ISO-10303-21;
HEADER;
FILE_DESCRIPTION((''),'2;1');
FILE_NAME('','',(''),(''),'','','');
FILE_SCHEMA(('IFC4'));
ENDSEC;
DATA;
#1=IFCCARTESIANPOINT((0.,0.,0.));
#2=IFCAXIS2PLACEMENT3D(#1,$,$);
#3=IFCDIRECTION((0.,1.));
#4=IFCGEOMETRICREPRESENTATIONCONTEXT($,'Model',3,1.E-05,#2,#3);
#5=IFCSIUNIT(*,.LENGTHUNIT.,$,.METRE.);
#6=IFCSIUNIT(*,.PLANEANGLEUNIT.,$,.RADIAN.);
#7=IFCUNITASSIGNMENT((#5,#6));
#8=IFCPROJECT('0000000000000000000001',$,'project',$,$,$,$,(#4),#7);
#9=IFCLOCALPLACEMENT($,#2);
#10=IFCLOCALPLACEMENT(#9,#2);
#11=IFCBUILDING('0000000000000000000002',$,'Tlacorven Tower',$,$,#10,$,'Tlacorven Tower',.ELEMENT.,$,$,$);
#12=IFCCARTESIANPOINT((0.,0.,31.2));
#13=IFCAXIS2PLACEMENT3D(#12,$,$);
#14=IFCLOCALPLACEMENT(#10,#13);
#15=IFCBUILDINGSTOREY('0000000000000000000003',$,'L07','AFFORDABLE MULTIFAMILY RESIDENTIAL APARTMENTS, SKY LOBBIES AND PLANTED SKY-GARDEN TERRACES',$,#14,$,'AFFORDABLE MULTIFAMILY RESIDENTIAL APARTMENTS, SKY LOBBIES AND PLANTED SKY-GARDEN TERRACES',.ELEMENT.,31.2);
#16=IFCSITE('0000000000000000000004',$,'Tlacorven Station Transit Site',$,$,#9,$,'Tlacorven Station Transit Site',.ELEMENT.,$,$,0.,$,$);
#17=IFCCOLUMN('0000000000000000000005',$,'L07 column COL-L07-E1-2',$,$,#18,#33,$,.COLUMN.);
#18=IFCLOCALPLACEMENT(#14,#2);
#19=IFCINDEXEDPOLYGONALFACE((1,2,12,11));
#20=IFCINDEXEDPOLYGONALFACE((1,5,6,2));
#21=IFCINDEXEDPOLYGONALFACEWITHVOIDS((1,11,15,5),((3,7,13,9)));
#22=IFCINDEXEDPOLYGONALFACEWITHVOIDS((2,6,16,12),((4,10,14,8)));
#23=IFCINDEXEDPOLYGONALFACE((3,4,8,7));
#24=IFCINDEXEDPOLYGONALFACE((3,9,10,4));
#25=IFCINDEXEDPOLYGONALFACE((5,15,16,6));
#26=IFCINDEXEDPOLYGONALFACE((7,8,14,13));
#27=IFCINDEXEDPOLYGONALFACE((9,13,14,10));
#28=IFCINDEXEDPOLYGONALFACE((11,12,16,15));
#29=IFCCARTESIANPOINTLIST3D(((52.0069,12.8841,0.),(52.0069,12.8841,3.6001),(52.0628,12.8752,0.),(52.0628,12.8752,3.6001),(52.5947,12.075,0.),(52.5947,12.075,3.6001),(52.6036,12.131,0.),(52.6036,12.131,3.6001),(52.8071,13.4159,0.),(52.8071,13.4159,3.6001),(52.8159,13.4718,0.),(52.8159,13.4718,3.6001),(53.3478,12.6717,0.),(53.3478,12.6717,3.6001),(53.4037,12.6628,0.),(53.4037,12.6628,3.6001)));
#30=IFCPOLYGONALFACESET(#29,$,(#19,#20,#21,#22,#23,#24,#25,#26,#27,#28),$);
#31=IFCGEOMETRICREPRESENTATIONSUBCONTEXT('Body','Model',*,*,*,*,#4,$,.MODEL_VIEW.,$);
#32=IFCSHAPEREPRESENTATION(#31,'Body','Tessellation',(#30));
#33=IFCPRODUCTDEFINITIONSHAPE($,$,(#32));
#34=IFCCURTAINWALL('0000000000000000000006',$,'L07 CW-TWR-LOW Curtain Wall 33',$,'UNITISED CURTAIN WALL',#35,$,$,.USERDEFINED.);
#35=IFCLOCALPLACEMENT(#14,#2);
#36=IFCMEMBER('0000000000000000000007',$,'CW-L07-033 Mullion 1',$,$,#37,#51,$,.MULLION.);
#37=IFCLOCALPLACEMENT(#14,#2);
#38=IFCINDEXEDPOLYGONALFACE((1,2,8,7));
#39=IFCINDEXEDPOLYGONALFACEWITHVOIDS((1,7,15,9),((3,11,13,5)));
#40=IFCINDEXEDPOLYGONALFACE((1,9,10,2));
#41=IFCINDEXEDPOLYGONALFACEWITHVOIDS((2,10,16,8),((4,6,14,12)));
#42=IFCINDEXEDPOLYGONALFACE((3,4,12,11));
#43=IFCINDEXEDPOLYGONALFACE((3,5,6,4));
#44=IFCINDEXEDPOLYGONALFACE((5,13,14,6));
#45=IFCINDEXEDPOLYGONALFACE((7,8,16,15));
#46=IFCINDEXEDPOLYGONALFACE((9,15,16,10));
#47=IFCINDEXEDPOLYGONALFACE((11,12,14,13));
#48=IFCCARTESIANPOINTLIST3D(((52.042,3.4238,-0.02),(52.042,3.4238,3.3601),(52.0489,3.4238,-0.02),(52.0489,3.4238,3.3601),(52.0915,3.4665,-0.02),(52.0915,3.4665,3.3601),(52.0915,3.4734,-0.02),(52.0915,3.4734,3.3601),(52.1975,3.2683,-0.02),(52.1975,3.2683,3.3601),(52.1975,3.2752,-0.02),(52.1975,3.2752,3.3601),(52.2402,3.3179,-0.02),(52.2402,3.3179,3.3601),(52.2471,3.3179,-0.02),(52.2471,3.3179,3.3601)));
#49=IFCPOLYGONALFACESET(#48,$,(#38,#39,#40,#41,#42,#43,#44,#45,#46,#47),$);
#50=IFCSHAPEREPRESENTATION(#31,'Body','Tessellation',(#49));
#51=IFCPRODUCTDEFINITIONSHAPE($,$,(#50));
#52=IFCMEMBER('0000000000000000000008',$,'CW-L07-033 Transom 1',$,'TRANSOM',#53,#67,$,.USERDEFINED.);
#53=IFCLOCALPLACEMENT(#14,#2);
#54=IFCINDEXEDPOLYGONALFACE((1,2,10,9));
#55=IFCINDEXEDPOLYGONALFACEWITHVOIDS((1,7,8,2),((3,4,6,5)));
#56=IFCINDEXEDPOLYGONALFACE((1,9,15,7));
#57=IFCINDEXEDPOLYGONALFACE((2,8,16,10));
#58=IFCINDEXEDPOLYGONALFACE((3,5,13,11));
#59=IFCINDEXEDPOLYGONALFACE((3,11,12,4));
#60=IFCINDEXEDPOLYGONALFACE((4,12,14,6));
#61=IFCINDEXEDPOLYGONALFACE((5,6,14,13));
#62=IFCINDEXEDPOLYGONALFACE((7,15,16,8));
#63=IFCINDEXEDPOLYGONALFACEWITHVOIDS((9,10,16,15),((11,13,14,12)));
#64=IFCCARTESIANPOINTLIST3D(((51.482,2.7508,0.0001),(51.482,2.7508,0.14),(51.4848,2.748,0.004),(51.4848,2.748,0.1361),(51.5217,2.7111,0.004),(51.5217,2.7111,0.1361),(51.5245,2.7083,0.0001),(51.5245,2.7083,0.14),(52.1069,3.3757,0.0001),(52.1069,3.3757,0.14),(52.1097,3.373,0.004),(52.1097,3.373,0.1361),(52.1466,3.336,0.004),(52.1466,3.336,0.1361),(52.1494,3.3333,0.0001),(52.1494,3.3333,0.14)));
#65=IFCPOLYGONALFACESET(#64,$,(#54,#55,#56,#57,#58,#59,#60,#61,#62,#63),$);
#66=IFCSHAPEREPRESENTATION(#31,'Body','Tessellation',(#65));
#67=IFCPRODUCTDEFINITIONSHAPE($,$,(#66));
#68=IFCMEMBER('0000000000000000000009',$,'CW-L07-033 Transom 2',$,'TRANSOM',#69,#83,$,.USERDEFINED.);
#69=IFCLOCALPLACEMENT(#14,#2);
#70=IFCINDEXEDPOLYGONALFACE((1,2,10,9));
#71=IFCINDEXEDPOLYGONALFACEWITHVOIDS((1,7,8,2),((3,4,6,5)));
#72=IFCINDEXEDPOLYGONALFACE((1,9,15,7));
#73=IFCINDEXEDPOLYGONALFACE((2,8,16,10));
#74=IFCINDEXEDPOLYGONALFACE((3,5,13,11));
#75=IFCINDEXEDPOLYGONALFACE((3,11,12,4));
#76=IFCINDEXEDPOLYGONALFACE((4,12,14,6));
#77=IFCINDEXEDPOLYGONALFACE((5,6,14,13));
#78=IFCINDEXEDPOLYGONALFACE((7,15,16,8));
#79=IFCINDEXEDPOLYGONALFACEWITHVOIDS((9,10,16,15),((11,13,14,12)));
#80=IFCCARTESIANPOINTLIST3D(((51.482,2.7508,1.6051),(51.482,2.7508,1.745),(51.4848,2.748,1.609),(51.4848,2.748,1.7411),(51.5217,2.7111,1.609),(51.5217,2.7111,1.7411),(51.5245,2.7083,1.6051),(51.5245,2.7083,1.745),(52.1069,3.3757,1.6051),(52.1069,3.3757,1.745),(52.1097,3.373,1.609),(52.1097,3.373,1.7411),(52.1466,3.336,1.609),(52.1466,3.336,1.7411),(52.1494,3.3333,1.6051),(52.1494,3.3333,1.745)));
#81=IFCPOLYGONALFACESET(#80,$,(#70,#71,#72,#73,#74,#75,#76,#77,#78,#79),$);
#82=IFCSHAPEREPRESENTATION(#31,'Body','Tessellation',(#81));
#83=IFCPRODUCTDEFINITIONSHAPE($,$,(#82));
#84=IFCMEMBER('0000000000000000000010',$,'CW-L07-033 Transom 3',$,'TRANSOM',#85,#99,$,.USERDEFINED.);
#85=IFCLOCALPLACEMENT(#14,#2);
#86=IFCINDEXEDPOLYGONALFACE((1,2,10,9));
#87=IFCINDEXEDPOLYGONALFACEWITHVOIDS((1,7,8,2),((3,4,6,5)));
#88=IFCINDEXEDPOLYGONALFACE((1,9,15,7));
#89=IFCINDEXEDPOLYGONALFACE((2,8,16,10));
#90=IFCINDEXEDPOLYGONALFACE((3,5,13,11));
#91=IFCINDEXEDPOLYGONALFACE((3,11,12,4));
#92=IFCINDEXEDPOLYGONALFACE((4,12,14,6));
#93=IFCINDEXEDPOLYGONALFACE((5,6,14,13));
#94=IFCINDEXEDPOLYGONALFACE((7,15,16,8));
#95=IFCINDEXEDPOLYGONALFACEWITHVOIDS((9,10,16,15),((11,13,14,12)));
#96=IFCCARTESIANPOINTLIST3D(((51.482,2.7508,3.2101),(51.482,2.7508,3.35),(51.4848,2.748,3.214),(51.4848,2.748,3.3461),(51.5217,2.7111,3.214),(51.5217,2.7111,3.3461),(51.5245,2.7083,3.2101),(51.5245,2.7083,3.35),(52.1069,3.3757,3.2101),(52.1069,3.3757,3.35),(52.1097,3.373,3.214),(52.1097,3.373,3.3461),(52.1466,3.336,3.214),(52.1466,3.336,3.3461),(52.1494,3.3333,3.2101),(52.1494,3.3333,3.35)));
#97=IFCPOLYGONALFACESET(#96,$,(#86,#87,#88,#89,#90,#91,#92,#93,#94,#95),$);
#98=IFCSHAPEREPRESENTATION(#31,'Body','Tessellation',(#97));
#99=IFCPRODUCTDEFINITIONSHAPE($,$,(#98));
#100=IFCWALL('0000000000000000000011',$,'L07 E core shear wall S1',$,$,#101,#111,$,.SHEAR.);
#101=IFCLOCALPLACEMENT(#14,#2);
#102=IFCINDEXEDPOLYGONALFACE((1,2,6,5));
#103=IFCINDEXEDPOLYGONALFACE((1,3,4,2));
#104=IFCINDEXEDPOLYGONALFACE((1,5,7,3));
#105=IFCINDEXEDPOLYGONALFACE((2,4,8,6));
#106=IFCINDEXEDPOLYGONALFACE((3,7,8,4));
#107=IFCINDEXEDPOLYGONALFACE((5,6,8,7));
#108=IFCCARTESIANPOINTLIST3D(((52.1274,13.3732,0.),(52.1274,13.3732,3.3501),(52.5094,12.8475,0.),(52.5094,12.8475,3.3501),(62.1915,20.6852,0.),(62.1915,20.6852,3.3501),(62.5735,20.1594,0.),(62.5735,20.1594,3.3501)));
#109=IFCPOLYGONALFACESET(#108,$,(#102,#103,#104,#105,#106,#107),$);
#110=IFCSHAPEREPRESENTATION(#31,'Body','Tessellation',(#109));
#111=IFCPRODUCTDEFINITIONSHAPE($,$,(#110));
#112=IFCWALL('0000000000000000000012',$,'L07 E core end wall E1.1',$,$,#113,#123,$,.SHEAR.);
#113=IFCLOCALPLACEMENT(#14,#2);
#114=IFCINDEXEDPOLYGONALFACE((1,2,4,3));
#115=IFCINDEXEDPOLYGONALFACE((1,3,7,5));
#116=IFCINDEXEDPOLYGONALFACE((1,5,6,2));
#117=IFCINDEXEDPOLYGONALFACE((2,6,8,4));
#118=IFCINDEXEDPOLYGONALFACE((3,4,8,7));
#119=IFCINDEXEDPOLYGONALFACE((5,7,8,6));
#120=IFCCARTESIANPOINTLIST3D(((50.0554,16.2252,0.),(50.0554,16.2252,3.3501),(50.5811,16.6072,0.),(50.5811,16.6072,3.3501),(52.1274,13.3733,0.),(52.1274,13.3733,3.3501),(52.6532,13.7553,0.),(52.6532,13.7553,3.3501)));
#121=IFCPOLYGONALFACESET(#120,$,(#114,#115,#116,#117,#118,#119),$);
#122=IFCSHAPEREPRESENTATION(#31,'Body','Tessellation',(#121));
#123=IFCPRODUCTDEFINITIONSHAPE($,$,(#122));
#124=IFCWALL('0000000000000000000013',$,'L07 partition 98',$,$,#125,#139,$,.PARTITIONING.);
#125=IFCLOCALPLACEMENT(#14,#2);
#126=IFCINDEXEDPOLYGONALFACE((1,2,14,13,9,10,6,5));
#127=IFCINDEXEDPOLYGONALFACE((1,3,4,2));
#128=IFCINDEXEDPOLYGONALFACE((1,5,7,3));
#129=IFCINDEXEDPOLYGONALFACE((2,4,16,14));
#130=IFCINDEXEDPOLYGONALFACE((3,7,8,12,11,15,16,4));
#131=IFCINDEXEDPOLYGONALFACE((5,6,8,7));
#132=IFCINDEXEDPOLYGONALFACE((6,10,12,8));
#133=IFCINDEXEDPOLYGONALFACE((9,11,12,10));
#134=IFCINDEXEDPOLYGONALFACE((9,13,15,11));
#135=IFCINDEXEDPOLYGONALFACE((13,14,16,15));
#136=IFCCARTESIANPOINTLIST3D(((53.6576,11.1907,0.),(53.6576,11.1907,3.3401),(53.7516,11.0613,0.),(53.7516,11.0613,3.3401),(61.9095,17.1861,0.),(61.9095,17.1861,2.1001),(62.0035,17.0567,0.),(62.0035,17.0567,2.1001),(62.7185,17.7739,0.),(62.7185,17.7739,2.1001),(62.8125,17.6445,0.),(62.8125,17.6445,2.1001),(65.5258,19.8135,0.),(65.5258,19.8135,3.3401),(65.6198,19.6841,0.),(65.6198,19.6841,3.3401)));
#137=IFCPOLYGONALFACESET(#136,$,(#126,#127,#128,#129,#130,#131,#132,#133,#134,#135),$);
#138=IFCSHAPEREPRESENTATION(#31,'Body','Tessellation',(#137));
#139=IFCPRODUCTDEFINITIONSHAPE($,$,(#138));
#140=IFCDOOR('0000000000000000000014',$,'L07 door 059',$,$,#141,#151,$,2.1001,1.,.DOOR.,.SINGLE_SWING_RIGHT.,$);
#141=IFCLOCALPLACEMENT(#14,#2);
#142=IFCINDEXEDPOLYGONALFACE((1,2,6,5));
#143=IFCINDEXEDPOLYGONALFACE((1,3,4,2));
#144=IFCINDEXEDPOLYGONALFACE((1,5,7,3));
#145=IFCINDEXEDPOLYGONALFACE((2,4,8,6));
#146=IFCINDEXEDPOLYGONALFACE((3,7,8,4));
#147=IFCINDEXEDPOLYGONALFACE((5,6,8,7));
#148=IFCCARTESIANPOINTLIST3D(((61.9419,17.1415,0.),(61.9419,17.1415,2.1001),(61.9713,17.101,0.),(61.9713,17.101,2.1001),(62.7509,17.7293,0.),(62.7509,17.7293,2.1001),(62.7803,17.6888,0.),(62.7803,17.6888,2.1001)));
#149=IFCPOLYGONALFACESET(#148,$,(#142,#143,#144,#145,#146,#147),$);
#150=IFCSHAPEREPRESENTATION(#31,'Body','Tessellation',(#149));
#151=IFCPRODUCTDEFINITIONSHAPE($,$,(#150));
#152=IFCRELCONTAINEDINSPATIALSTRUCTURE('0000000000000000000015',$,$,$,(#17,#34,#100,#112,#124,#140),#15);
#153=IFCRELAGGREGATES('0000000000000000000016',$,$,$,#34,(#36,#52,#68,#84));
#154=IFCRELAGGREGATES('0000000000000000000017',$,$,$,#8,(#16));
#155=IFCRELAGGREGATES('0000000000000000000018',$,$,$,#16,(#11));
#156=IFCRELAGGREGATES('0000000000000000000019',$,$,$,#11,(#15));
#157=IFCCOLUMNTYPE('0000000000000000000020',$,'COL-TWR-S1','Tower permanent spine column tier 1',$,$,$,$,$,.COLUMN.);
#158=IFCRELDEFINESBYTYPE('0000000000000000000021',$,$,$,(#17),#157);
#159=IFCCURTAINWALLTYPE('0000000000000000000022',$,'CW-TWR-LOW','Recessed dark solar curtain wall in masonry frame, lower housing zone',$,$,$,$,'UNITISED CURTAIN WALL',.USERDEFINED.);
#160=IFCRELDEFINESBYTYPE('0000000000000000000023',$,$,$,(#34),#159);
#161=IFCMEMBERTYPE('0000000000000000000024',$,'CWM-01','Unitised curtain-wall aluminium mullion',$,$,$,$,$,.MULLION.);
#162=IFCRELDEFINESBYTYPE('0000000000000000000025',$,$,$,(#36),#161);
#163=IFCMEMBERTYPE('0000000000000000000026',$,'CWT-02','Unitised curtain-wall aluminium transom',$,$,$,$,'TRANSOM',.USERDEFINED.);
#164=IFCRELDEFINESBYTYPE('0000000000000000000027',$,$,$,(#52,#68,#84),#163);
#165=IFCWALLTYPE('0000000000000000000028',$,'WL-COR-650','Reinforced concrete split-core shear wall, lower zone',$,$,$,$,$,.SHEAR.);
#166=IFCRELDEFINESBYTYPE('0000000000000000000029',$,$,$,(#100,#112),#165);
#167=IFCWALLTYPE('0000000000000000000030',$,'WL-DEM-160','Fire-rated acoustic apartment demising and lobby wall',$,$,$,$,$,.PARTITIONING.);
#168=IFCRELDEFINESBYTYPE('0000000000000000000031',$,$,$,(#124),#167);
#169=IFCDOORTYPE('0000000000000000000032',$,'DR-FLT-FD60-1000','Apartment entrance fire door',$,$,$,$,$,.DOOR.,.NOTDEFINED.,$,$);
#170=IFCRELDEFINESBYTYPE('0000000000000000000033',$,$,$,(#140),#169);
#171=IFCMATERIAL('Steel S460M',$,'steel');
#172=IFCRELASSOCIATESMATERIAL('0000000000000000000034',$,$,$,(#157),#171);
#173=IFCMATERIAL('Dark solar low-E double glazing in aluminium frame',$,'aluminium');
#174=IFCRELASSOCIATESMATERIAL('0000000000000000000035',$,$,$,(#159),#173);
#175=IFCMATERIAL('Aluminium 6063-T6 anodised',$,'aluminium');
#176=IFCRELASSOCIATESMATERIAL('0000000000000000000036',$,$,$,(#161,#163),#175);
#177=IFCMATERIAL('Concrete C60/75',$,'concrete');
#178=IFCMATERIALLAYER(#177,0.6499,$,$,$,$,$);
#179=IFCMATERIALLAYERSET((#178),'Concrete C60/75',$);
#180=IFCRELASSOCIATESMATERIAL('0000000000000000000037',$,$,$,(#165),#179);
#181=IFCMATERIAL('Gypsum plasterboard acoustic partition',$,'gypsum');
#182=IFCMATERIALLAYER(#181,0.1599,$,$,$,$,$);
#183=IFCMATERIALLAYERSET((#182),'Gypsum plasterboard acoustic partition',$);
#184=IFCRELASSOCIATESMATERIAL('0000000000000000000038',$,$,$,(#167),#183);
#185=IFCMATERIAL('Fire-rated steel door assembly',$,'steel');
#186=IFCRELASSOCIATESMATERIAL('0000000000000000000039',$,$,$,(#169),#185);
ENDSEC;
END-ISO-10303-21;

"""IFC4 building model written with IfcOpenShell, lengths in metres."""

from ifc_helpers import new_model, si_unit, direction, frame, frame_2d, origin, origin_2d, place, context, subcontext, project, spatial, rectangle, hollow_rectangle, extrude, source, transform, mapped, material, layer, layer_set, material_profile, profile_set, type_object, element, fill, aggregate, save


model = new_model("IFC4")

# Units and contexts
model_context = context("Model", 3, precision=1e-05, world=origin(), true_north=direction((0.0, 1.0)))
body_context = subcontext(model_context, "Body", "Model", "MODEL_VIEW")
ifc_project = project(units=[si_unit("LENGTHUNIT", "METRE"), si_unit("PLANEANGLEUNIT", "RADIAN")], contexts=[model_context])

# Site, building, storey
site_placement = place(None, origin())
site = spatial("IfcSite", under=ifc_project, at=site_placement, Name="Tlacorven Station Transit Site", LongName="Tlacorven Station Transit Site", CompositionType="ELEMENT", RefElevation=0.0)
building_placement = place(site_placement, origin())
building = spatial("IfcBuilding", under=site, at=building_placement, Name="Tlacorven Tower", LongName="Tlacorven Tower", CompositionType="ELEMENT")
storey_placement = place(building_placement, frame((0.0, 0.0, 31.2)))
storey = spatial("IfcBuildingStorey", under=building, at=storey_placement, Name="L07", Description="AFFORDABLE MULTIFAMILY RESIDENTIAL APARTMENTS, SKY LOBBIES AND PLANTED SKY-GARDEN TERRACES", LongName="AFFORDABLE MULTIFAMILY RESIDENTIAL APARTMENTS, SKY LOBBIES AND PLANTED SKY-GARDEN TERRACES", CompositionType="ELEMENT", Elevation=31.2)

# Column
ifc_material_1 = material(Name="Steel S460M", Category="steel")
ifc_material_profile_1 = material_profile(ifc_material_1, hollow_rectangle(XDim=1.0, YDim=1.0, WallThickness=0.04, at=origin_2d()), Name="BOX 1000X1000X40")
ifc_profile_set_1 = profile_set([ifc_material_profile_1], Name="Steel S460M")
column_type = type_object("IfcColumnType", Name="COL-TWR-S1", Description="Tower permanent spine column tier 1", PredefinedType="COLUMN", material=ifc_profile_set_1)
shared_shape_1 = source(origin(), body_context, "Body", "SweptSolid", [
    extrude(hollow_rectangle(XDim=1.0, YDim=1.0, WallThickness=0.04, at=origin_2d()), origin(), (0.0, 0.0, 1.0), 3.6001),
])
column_placement = place(storey_placement, frame((52.7053, 12.7734, 0.0), z_axis=(0.0, 0.0, 1.0), x_axis=(0.809017, 0.587785, 0.0)))
element("IfcColumn", 1, at=column_placement, inside=storey, type_object=column_type, Name="L07 column COL-L07-E1-2", PredefinedType="COLUMN", context=body_context, shape_type="MappedRepresentation", body=[
    mapped(shared_shape_1, transform((0.0, 0.0, 0.0), scale=1.0)),
])

# Curtain wall, members
ifc_material_2 = material(Name="Dark solar low-E double glazing in aluminium frame", Category="aluminium")
curtain_wall_type = type_object("IfcCurtainWallType", Name="CW-TWR-LOW", Description="Recessed dark solar curtain wall in masonry frame, lower housing zone", ElementType="UNITISED CURTAIN WALL", PredefinedType="USERDEFINED", material=ifc_material_2)
curtain_wall_placement = place(storey_placement, origin())
curtain_wall = element("IfcCurtainWall", 2, at=curtain_wall_placement, inside=storey, type_object=curtain_wall_type, Name="L07 CW-TWR-LOW Curtain Wall 33", ObjectType="UNITISED CURTAIN WALL", PredefinedType="USERDEFINED")
ifc_material_3 = material(Name="Aluminium 6063-T6 anodised", Category="aluminium")
ifc_material_profile_2 = material_profile(ifc_material_3, hollow_rectangle(XDim=0.0701, YDim=0.22, WallThickness=0.0049, at=origin_2d()), Name="ALU MULLION 70X220")
ifc_profile_set_2 = profile_set([ifc_material_profile_2], Name="Aluminium 6063-T6 anodised")
member_type_1 = type_object("IfcMemberType", Name="CWM-01", Description="Unitised curtain-wall aluminium mullion", PredefinedType="MULLION", material=ifc_profile_set_2)
shared_shape_2 = source(origin(), body_context, "Body", "SweptSolid", [
    extrude(hollow_rectangle(XDim=0.0701, YDim=0.22, WallThickness=0.0049, at=origin_2d()), origin(), (0.0, 0.0, 1.0), 3.3801),
])
member_1_placement = place(storey_placement, frame((52.1445, 3.3708, -0.02), z_axis=(0.0, 0.0, 1.0), x_axis=(-0.707107, -0.707107, 0.0)))
member_1 = element("IfcMember", 3, at=member_1_placement, type_object=member_type_1, Name="CW-L07-033 Mullion 1", PredefinedType="MULLION", context=body_context, shape_type="MappedRepresentation", body=[
    mapped(shared_shape_2, transform((0.0, 0.0, 0.0), scale=1.0)),
])
ifc_material_profile_3 = material_profile(ifc_material_3, hollow_rectangle(XDim=0.0601, YDim=0.1399, WallThickness=0.0039, at=origin_2d()), Name="ALU TRANSOM 60X140")
ifc_profile_set_3 = profile_set([ifc_material_profile_3], Name="Aluminium 6063-T6 anodised")
member_type_2 = type_object("IfcMemberType", Name="CWT-02", Description="Unitised curtain-wall aluminium transom", ElementType="TRANSOM", PredefinedType="USERDEFINED", material=ifc_profile_set_3)
shared_shape_3 = source(origin(), body_context, "Body", "SweptSolid", [
    extrude(hollow_rectangle(XDim=0.0601, YDim=0.1399, WallThickness=0.0039, at=origin_2d()), origin(), (0.0, 0.0, 1.0), 0.8838),
])
member_2_placement = place(storey_placement, frame((52.1282, 3.3545, 0.0701), z_axis=(-0.707107, -0.707107, 0.0), x_axis=(0.707107, -0.707107, 0.0)))
member_2 = element("IfcMember", 4, at=member_2_placement, type_object=member_type_2, Name="CW-L07-033 Transom 1", ObjectType="TRANSOM", PredefinedType="USERDEFINED", context=body_context, shape_type="MappedRepresentation", body=[
    mapped(shared_shape_3, transform((0.0, 0.0, 0.0), scale=1.0)),
])
member_3_placement = place(storey_placement, frame((52.1282, 3.3545, 1.675), z_axis=(-0.707107, -0.707107, 0.0), x_axis=(0.707107, -0.707107, 0.0)))
member_3 = element("IfcMember", 5, at=member_3_placement, type_object=member_type_2, Name="CW-L07-033 Transom 2", ObjectType="TRANSOM", PredefinedType="USERDEFINED", context=body_context, shape_type="MappedRepresentation", body=[
    mapped(shared_shape_3, transform((0.0, 0.0, 0.0), scale=1.0)),
])
member_4_placement = place(storey_placement, frame((52.1282, 3.3545, 3.28), z_axis=(-0.707107, -0.707107, 0.0), x_axis=(0.707107, -0.707107, 0.0)))
member_4 = element("IfcMember", 6, at=member_4_placement, type_object=member_type_2, Name="CW-L07-033 Transom 3", ObjectType="TRANSOM", PredefinedType="USERDEFINED", context=body_context, shape_type="MappedRepresentation", body=[
    mapped(shared_shape_3, transform((0.0, 0.0, 0.0), scale=1.0)),
])
aggregate(curtain_wall, [member_1, member_2, member_3, member_4])

# Walls
ifc_material_4 = material(Name="Concrete C60/75", Category="concrete")
ifc_layer_1 = layer(ifc_material_4, 0.6499)
ifc_layer_set_1 = layer_set([ifc_layer_1], Name="Concrete C60/75")
wall_type_1 = type_object("IfcWallType", Name="WL-COR-650", Description="Reinforced concrete split-core shear wall, lower zone", PredefinedType="SHEAR", material=ifc_layer_set_1)
wall_1_placement = place(storey_placement, frame((52.3184, 13.1104, 0.0), z_axis=(0.0, 0.0, 1.0), x_axis=(0.809019, 0.587782, 0.0)))
element("IfcWall", 7, at=wall_1_placement, inside=storey, type_object=wall_type_1, Name="L07 E core shear wall S1", PredefinedType="SHEAR", context=body_context, shape_type="SweptSolid", body=[
    extrude(rectangle(XDim=12.4399, YDim=0.6499, at=frame_2d((6.22, 0.0))), origin(), (0.0, 0.0, 1.0), 3.3501),
])
wall_2_placement = place(storey_placement, frame((52.3904, 13.5642, 0.0), z_axis=(0.0, 0.0, 1.0), x_axis=(-0.587797, 0.809009, 0.0)))
element("IfcWall", 8, at=wall_2_placement, inside=storey, type_object=wall_type_1, Name="L07 E core end wall E1.1", PredefinedType="SHEAR", context=body_context, shape_type="SweptSolid", body=[
    extrude(rectangle(XDim=3.5251, YDim=0.6499, at=frame_2d((1.7627, 0.0))), origin(), (0.0, 0.0, 1.0), 3.3501),
])

# Wall, opening, door
ifc_material_5 = material(Name="Gypsum plasterboard acoustic partition", Category="gypsum")
ifc_layer_2 = layer(ifc_material_5, 0.1599)
ifc_layer_set_2 = layer_set([ifc_layer_2], Name="Gypsum plasterboard acoustic partition")
wall_type_2 = type_object("IfcWallType", Name="WL-DEM-160", Description="Fire-rated acoustic apartment demising and lobby wall", PredefinedType="PARTITIONING", material=ifc_layer_set_2)
wall_3_placement = place(storey_placement, frame((53.7046, 11.126, 0.0), z_axis=(0.0, 0.0, 1.0), x_axis=(0.809015, 0.587789, 0.0)))
wall_3 = element("IfcWall", 9, at=wall_3_placement, inside=storey, type_object=wall_type_2, Name="L07 partition 98", PredefinedType="PARTITIONING", context=body_context, shape_type="SweptSolid", body=[
    extrude(rectangle(XDim=14.6699, YDim=0.1599, at=frame_2d((7.335, 0.0))), origin(), (0.0, 0.0, 1.0), 3.3401),
])
opening_1_placement = place(wall_3_placement, frame((10.2, 0.0, 0.0)))
opening_1 = element("IfcOpeningElement", 10, at=opening_1_placement, cuts=wall_3, PredefinedType="OPENING", context=body_context, shape_type="SweptSolid", body=[
    extrude(rectangle(XDim=1.0, YDim=2.1001, at=frame_2d((0.5, 1.05))), frame((0.0, 0.0898, 0.0), z_axis=(0.0, -1.0, 0.0), x_axis=(1.0, 0.0, 0.0)), (0.0, 0.0, 1.0), 0.1799),
])
ifc_material_6 = material(Name="Fire-rated steel door assembly", Category="steel")
door_type_1 = type_object("IfcDoorType", Name="DR-FLT-FD60-1000", Description="Apartment entrance fire door", OperationType="NOTDEFINED", PredefinedType="DOOR", material=ifc_material_6)
shared_shape_4 = source(origin(), body_context, "Body", "SweptSolid", [
    extrude(rectangle(XDim=1.0, YDim=2.1001, at=frame_2d((0.5, 1.05))), frame((0.0, 0.0249, 0.0), z_axis=(0.0, -1.0, 0.0), x_axis=(1.0, 0.0, 0.0)), (0.0, 0.0, 1.0), 0.05),
])
door_1_placement = place(opening_1_placement, origin())
door_1 = element("IfcDoor", 11, at=door_1_placement, inside=storey, type_object=door_type_1, Name="L07 door 059", OperationType="SINGLE_SWING_RIGHT", OverallHeight=2.1001, OverallWidth=1.0, PredefinedType="DOOR", context=body_context, shape_type="MappedRepresentation", body=[
    mapped(shared_shape_4, transform((0.0, 0.0, 0.0), scale=1.0)),
])
fill(opening_1, door_1)

save(model, "model.ifc")
